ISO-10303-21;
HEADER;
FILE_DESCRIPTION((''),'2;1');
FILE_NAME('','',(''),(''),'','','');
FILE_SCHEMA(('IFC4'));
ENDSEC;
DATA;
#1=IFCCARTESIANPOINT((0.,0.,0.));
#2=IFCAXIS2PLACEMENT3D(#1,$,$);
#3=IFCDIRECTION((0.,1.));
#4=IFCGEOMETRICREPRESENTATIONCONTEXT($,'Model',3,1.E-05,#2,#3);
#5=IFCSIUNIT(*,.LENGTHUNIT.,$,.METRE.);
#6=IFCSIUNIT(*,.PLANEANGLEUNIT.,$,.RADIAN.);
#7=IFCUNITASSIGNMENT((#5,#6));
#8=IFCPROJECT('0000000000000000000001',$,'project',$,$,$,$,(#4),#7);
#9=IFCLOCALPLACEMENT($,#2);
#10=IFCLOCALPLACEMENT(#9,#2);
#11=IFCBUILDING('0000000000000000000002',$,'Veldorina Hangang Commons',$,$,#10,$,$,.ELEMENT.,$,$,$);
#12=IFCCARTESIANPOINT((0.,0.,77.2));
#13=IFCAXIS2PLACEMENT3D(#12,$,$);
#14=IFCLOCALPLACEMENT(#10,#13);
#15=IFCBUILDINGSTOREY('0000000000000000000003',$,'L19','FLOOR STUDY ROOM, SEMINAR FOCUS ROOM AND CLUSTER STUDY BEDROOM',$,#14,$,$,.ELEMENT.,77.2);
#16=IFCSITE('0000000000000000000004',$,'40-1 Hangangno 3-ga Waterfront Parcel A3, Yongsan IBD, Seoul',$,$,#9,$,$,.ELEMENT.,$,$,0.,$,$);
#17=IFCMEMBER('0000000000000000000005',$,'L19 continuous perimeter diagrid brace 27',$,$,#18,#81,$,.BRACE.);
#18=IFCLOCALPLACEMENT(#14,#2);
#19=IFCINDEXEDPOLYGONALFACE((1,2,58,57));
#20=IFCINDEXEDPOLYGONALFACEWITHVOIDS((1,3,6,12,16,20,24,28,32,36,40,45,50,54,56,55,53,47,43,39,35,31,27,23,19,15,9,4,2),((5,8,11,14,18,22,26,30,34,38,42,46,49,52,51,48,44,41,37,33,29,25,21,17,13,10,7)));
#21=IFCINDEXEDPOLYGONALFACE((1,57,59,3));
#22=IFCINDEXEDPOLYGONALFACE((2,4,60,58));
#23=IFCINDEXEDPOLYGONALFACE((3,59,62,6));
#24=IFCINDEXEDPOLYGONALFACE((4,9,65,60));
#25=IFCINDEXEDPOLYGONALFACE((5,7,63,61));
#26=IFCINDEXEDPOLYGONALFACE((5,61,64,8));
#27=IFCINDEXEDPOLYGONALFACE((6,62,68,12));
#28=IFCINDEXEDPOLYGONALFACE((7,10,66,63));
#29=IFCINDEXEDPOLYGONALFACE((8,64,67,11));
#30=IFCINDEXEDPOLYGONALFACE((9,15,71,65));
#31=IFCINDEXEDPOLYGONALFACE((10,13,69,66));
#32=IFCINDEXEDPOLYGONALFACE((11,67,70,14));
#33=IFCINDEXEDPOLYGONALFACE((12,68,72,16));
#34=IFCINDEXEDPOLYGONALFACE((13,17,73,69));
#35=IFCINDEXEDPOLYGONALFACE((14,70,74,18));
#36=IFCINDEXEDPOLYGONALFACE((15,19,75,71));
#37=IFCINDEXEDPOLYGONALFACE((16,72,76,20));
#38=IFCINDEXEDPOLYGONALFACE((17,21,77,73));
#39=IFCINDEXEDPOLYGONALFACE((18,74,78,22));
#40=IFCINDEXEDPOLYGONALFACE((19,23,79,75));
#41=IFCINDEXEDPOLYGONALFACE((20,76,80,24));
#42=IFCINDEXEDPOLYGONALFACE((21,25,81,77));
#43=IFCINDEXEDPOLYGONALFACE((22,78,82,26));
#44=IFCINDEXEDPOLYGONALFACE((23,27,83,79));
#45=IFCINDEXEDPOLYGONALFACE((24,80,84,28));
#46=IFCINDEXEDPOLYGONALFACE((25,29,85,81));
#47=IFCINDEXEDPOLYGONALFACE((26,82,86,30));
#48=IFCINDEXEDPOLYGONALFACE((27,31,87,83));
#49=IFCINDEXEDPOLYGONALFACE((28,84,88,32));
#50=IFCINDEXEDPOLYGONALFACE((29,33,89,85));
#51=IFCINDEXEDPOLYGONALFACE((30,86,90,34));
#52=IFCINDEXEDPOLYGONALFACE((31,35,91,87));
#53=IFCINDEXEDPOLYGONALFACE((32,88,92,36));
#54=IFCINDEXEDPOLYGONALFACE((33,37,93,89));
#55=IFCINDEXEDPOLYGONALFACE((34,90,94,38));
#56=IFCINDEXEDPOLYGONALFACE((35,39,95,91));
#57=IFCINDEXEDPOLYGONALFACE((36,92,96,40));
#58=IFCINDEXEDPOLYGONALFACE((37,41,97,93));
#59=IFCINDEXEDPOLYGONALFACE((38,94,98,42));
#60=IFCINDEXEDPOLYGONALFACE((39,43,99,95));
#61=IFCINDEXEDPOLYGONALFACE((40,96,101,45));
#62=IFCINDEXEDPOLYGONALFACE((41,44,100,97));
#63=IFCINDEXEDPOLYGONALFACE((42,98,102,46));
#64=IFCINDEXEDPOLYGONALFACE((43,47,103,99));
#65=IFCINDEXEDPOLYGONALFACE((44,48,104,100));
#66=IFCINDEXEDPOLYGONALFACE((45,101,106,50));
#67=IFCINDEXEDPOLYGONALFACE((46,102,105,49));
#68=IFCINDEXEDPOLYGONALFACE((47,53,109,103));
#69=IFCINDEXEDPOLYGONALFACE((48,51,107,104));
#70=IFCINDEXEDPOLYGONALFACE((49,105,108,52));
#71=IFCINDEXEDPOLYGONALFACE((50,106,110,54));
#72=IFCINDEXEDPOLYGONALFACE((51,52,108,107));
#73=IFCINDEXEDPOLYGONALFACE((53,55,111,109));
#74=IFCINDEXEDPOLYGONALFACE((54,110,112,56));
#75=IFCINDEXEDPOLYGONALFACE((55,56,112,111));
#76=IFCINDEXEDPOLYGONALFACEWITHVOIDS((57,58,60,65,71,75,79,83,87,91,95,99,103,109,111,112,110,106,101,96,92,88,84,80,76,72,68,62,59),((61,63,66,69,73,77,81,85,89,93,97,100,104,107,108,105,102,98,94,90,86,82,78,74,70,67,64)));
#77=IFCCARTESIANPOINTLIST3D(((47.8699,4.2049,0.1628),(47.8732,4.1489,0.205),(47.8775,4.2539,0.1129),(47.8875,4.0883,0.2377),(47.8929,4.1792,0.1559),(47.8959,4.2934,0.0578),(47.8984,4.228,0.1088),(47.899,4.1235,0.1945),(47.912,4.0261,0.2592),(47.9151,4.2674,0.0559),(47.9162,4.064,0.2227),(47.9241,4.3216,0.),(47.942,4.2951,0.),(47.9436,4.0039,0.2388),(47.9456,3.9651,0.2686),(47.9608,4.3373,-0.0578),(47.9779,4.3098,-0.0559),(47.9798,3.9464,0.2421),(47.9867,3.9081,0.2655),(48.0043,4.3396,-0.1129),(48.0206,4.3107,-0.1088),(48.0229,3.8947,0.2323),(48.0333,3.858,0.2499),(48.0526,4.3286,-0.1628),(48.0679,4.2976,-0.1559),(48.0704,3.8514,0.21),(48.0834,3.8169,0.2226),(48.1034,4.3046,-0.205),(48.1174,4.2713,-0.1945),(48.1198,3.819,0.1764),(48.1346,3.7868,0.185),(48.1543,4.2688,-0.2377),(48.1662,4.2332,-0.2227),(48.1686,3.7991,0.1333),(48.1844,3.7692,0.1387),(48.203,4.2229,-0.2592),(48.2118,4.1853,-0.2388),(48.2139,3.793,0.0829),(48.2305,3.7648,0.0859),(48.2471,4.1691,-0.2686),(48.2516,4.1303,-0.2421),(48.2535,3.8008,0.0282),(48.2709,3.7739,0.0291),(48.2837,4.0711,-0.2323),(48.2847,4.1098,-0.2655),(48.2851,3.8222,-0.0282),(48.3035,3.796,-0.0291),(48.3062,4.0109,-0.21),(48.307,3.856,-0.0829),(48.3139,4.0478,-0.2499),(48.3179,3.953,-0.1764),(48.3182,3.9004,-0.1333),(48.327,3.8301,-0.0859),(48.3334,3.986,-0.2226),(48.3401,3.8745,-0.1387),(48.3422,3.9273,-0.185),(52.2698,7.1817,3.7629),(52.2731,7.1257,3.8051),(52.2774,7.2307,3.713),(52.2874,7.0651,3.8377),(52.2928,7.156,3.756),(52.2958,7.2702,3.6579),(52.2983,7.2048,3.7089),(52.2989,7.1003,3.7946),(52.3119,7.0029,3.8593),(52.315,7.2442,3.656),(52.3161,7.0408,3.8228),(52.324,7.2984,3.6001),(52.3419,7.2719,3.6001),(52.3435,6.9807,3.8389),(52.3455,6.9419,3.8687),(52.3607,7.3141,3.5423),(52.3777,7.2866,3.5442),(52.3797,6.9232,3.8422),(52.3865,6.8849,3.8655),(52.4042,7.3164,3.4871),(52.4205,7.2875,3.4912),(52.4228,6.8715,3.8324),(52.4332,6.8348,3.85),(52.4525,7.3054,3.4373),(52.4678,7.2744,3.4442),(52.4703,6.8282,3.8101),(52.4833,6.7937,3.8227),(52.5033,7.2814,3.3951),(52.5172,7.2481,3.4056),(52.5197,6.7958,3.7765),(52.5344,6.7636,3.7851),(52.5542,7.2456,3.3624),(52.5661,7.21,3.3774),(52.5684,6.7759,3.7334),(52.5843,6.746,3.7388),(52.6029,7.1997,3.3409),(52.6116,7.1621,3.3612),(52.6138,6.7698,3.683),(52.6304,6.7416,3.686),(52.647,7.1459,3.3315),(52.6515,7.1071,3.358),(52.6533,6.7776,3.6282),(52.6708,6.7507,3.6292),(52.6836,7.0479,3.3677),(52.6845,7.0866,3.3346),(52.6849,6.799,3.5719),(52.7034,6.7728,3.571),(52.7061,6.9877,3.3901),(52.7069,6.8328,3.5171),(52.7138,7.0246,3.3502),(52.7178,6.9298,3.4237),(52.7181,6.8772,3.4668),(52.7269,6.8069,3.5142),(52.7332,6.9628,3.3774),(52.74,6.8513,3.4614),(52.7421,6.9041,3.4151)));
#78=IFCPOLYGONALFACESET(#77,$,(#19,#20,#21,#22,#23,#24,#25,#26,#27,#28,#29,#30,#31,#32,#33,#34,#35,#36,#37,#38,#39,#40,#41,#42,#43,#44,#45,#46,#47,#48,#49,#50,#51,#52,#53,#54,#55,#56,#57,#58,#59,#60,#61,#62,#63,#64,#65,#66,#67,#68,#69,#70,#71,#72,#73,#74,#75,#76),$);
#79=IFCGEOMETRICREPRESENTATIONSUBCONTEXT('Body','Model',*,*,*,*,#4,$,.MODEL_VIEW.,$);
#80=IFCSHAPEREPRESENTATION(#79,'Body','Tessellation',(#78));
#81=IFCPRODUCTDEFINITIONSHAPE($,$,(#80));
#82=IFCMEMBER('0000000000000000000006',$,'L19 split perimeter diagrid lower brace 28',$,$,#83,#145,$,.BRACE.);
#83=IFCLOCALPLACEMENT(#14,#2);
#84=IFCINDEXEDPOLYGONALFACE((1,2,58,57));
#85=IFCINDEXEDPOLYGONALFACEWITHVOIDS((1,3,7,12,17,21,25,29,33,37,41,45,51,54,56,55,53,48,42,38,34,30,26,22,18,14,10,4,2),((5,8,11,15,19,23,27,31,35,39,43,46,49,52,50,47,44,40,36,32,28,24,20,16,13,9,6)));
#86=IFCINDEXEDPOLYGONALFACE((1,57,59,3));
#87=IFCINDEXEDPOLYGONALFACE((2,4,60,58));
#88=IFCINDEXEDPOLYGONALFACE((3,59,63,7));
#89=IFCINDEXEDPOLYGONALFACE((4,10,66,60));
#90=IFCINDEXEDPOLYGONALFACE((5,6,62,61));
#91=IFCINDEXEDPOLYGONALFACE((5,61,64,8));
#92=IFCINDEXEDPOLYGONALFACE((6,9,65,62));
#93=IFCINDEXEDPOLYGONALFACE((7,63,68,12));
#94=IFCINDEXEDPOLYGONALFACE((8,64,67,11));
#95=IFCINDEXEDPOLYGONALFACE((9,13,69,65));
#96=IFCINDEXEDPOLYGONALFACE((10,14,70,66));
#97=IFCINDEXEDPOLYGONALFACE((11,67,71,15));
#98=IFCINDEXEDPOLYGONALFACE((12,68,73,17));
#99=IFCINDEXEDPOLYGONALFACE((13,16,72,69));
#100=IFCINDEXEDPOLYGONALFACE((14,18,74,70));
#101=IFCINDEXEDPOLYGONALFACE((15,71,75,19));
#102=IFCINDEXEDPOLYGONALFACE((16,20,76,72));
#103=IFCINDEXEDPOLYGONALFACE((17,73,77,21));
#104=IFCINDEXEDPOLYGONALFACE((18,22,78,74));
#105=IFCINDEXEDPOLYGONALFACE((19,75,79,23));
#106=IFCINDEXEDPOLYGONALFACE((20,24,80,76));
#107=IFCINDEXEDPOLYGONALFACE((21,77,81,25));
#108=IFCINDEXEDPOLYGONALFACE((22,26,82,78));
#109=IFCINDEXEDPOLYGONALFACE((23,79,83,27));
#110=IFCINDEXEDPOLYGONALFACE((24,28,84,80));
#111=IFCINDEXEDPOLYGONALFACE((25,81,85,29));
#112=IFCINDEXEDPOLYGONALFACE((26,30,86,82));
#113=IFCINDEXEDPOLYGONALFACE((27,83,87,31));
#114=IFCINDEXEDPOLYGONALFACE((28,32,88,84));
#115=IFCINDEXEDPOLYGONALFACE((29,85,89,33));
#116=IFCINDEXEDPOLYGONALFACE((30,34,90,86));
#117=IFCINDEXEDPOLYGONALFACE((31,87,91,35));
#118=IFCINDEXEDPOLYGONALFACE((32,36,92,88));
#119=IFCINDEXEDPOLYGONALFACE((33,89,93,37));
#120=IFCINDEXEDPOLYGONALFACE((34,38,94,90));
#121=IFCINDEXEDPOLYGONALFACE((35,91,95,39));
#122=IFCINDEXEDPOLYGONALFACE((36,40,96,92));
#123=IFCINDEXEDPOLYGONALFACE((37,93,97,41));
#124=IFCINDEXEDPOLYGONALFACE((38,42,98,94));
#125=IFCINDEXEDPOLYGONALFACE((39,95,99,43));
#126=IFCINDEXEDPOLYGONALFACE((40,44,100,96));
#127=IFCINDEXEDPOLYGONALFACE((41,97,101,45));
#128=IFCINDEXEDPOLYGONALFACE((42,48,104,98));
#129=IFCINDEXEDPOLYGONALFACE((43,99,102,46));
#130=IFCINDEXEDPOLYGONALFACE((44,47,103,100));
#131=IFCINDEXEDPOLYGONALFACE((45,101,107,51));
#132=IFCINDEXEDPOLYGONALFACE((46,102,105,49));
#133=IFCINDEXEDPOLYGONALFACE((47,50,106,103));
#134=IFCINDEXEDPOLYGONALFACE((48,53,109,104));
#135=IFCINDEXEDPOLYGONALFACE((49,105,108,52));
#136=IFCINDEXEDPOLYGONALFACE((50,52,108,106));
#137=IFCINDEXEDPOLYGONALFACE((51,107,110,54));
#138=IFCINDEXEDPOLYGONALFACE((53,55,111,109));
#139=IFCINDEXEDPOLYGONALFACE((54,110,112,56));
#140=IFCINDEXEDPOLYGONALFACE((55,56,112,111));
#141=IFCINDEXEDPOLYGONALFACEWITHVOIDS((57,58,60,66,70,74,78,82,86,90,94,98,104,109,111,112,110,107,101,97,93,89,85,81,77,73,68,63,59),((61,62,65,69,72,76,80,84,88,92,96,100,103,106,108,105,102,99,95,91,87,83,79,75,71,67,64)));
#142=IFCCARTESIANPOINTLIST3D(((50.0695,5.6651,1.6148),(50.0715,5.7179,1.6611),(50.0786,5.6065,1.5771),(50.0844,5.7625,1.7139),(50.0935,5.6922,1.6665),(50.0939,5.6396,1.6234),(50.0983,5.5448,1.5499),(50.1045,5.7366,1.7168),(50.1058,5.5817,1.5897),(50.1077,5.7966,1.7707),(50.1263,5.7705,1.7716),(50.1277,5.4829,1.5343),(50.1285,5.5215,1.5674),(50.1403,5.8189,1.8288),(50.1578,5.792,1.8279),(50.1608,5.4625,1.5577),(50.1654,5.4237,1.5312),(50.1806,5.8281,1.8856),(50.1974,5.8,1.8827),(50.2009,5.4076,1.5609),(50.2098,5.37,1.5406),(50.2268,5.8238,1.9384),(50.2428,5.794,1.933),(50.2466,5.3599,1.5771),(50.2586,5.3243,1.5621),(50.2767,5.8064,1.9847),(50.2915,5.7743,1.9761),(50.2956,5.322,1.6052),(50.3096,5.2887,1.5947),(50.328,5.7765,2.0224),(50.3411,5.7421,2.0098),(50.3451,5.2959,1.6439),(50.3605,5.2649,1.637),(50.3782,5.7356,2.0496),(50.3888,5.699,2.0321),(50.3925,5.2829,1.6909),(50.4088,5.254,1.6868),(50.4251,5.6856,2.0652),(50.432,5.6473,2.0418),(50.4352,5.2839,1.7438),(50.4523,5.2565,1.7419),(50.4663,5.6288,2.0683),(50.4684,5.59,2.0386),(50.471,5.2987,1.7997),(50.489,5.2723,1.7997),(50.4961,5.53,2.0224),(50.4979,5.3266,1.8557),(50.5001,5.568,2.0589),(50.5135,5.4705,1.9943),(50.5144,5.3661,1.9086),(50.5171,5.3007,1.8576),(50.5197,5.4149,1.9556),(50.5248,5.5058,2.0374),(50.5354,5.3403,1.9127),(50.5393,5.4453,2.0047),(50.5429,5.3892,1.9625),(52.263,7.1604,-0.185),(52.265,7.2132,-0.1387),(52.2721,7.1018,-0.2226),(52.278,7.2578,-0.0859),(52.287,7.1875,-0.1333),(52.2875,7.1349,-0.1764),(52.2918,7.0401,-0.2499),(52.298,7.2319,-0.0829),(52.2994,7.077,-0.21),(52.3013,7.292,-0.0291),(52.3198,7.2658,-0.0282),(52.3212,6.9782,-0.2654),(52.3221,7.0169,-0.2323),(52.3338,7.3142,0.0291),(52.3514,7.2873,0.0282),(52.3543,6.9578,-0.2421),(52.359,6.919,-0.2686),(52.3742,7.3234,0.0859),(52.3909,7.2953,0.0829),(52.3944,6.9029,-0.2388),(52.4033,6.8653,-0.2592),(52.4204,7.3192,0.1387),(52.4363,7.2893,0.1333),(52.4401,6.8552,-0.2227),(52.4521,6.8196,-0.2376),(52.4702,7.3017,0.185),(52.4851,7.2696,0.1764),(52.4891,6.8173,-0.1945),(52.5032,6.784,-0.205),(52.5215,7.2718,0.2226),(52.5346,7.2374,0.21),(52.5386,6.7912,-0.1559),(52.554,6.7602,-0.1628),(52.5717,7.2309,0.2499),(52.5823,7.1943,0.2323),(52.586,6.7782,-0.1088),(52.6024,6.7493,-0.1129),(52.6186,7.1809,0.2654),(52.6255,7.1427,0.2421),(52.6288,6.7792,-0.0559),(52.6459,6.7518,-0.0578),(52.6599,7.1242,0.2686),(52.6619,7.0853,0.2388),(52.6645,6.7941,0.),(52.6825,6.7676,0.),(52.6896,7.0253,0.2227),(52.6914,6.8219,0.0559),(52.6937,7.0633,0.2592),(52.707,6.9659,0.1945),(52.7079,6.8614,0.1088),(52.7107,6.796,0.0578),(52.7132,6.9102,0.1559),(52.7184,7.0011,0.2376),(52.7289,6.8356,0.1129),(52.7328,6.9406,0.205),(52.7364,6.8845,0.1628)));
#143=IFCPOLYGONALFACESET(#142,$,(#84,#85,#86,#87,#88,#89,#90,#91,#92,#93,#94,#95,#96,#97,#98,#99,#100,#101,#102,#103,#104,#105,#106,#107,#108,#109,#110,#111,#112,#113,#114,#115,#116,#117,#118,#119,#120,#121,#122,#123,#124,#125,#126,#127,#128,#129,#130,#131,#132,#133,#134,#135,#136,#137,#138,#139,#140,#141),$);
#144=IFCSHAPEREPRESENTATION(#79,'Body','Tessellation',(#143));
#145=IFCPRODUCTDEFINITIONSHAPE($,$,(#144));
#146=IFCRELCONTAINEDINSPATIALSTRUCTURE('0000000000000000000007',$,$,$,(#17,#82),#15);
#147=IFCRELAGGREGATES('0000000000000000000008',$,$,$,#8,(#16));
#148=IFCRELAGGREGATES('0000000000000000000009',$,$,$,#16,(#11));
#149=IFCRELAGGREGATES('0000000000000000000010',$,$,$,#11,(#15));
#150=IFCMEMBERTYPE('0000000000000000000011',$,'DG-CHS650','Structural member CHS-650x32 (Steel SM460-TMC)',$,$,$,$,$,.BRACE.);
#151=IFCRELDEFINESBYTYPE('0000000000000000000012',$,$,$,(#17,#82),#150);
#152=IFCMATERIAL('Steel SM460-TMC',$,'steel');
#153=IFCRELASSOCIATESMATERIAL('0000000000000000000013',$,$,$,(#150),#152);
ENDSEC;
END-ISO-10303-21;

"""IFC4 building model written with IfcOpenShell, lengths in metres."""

from ifc_helpers import new_model, si_unit, direction, frame, origin, origin_2d, place, context, subcontext, project, spatial, hollow_circle, extrude, material, material_profile, profile_set, type_object, element, save


model = new_model("IFC4")

# Units and contexts
model_context = context("Model", 3, precision=1e-05, world=origin(), true_north=direction((0.0, 1.0)))
body_context = subcontext(model_context, "Body", "Model", "MODEL_VIEW")
ifc_project = project(units=[si_unit("LENGTHUNIT", "METRE"), si_unit("PLANEANGLEUNIT", "RADIAN")], contexts=[model_context])

# Site, building, storey
site_placement = place(None, origin())
site = spatial("IfcSite", under=ifc_project, at=site_placement, Name="40-1 Hangangno 3-ga Waterfront Parcel A3, Yongsan IBD, Seoul", CompositionType="ELEMENT", RefElevation=0.0)
building_placement = place(site_placement, origin())
building = spatial("IfcBuilding", under=site, at=building_placement, Name="Veldorina Hangang Commons", CompositionType="ELEMENT")
storey_placement = place(building_placement, frame((0.0, 0.0, 77.2)))
storey = spatial("IfcBuildingStorey", under=building, at=storey_placement, Name="L19", Description="FLOOR STUDY ROOM, SEMINAR FOCUS ROOM AND CLUSTER STUDY BEDROOM", CompositionType="ELEMENT", Elevation=77.2)

# Members
ifc_material_1 = material(Name="Steel SM460-TMC", Category="steel")
ifc_material_profile_1 = material_profile(ifc_material_1, hollow_circle(Radius=0.325, WallThickness=0.032, at=origin_2d()), Name="CHS-650x32")
ifc_profile_set_1 = profile_set([ifc_material_profile_1], Name="Steel SM460-TMC")
member_type_1 = type_object("IfcMemberType", Name="DG-CHS650", Description="Structural member CHS-650x32 (Steel SM460-TMC)", PredefinedType="BRACE", material=ifc_profile_set_1)
member_1_placement = place(storey_placement, frame((48.1062, 4.0525, 0.0), z_axis=(0.685636, 0.463875, 0.561002), x_axis=(-0.560361, 0.828248, 0.0)))
element("IfcMember", 1, at=member_1_placement, inside=storey, type_object=member_type_1, Name="L19 continuous perimeter diagrid brace 27", PredefinedType="BRACE", context=body_context, shape_type="SweptSolid", body=[
    extrude(hollow_circle(Radius=0.325, WallThickness=0.032, at=origin_2d()), origin(), (0.0, 0.0, 1.0), 6.4172),
])
member_2_placement = place(storey_placement, frame((52.4995, 7.0361, 0.0), z_axis=(-0.683923, -0.466225, 0.561144), x_axis=(0.563265, -0.826276, 0.0)))
element("IfcMember", 2, at=member_2_placement, inside=storey, type_object=member_type_1, Name="L19 split perimeter diagrid lower brace 28", PredefinedType="BRACE", context=body_context, shape_type="SweptSolid", body=[
    extrude(hollow_circle(Radius=0.325, WallThickness=0.032, at=origin_2d()), origin(), (0.0, 0.0, 1.0), 3.2073),
])

save(model, "model.ifc")
